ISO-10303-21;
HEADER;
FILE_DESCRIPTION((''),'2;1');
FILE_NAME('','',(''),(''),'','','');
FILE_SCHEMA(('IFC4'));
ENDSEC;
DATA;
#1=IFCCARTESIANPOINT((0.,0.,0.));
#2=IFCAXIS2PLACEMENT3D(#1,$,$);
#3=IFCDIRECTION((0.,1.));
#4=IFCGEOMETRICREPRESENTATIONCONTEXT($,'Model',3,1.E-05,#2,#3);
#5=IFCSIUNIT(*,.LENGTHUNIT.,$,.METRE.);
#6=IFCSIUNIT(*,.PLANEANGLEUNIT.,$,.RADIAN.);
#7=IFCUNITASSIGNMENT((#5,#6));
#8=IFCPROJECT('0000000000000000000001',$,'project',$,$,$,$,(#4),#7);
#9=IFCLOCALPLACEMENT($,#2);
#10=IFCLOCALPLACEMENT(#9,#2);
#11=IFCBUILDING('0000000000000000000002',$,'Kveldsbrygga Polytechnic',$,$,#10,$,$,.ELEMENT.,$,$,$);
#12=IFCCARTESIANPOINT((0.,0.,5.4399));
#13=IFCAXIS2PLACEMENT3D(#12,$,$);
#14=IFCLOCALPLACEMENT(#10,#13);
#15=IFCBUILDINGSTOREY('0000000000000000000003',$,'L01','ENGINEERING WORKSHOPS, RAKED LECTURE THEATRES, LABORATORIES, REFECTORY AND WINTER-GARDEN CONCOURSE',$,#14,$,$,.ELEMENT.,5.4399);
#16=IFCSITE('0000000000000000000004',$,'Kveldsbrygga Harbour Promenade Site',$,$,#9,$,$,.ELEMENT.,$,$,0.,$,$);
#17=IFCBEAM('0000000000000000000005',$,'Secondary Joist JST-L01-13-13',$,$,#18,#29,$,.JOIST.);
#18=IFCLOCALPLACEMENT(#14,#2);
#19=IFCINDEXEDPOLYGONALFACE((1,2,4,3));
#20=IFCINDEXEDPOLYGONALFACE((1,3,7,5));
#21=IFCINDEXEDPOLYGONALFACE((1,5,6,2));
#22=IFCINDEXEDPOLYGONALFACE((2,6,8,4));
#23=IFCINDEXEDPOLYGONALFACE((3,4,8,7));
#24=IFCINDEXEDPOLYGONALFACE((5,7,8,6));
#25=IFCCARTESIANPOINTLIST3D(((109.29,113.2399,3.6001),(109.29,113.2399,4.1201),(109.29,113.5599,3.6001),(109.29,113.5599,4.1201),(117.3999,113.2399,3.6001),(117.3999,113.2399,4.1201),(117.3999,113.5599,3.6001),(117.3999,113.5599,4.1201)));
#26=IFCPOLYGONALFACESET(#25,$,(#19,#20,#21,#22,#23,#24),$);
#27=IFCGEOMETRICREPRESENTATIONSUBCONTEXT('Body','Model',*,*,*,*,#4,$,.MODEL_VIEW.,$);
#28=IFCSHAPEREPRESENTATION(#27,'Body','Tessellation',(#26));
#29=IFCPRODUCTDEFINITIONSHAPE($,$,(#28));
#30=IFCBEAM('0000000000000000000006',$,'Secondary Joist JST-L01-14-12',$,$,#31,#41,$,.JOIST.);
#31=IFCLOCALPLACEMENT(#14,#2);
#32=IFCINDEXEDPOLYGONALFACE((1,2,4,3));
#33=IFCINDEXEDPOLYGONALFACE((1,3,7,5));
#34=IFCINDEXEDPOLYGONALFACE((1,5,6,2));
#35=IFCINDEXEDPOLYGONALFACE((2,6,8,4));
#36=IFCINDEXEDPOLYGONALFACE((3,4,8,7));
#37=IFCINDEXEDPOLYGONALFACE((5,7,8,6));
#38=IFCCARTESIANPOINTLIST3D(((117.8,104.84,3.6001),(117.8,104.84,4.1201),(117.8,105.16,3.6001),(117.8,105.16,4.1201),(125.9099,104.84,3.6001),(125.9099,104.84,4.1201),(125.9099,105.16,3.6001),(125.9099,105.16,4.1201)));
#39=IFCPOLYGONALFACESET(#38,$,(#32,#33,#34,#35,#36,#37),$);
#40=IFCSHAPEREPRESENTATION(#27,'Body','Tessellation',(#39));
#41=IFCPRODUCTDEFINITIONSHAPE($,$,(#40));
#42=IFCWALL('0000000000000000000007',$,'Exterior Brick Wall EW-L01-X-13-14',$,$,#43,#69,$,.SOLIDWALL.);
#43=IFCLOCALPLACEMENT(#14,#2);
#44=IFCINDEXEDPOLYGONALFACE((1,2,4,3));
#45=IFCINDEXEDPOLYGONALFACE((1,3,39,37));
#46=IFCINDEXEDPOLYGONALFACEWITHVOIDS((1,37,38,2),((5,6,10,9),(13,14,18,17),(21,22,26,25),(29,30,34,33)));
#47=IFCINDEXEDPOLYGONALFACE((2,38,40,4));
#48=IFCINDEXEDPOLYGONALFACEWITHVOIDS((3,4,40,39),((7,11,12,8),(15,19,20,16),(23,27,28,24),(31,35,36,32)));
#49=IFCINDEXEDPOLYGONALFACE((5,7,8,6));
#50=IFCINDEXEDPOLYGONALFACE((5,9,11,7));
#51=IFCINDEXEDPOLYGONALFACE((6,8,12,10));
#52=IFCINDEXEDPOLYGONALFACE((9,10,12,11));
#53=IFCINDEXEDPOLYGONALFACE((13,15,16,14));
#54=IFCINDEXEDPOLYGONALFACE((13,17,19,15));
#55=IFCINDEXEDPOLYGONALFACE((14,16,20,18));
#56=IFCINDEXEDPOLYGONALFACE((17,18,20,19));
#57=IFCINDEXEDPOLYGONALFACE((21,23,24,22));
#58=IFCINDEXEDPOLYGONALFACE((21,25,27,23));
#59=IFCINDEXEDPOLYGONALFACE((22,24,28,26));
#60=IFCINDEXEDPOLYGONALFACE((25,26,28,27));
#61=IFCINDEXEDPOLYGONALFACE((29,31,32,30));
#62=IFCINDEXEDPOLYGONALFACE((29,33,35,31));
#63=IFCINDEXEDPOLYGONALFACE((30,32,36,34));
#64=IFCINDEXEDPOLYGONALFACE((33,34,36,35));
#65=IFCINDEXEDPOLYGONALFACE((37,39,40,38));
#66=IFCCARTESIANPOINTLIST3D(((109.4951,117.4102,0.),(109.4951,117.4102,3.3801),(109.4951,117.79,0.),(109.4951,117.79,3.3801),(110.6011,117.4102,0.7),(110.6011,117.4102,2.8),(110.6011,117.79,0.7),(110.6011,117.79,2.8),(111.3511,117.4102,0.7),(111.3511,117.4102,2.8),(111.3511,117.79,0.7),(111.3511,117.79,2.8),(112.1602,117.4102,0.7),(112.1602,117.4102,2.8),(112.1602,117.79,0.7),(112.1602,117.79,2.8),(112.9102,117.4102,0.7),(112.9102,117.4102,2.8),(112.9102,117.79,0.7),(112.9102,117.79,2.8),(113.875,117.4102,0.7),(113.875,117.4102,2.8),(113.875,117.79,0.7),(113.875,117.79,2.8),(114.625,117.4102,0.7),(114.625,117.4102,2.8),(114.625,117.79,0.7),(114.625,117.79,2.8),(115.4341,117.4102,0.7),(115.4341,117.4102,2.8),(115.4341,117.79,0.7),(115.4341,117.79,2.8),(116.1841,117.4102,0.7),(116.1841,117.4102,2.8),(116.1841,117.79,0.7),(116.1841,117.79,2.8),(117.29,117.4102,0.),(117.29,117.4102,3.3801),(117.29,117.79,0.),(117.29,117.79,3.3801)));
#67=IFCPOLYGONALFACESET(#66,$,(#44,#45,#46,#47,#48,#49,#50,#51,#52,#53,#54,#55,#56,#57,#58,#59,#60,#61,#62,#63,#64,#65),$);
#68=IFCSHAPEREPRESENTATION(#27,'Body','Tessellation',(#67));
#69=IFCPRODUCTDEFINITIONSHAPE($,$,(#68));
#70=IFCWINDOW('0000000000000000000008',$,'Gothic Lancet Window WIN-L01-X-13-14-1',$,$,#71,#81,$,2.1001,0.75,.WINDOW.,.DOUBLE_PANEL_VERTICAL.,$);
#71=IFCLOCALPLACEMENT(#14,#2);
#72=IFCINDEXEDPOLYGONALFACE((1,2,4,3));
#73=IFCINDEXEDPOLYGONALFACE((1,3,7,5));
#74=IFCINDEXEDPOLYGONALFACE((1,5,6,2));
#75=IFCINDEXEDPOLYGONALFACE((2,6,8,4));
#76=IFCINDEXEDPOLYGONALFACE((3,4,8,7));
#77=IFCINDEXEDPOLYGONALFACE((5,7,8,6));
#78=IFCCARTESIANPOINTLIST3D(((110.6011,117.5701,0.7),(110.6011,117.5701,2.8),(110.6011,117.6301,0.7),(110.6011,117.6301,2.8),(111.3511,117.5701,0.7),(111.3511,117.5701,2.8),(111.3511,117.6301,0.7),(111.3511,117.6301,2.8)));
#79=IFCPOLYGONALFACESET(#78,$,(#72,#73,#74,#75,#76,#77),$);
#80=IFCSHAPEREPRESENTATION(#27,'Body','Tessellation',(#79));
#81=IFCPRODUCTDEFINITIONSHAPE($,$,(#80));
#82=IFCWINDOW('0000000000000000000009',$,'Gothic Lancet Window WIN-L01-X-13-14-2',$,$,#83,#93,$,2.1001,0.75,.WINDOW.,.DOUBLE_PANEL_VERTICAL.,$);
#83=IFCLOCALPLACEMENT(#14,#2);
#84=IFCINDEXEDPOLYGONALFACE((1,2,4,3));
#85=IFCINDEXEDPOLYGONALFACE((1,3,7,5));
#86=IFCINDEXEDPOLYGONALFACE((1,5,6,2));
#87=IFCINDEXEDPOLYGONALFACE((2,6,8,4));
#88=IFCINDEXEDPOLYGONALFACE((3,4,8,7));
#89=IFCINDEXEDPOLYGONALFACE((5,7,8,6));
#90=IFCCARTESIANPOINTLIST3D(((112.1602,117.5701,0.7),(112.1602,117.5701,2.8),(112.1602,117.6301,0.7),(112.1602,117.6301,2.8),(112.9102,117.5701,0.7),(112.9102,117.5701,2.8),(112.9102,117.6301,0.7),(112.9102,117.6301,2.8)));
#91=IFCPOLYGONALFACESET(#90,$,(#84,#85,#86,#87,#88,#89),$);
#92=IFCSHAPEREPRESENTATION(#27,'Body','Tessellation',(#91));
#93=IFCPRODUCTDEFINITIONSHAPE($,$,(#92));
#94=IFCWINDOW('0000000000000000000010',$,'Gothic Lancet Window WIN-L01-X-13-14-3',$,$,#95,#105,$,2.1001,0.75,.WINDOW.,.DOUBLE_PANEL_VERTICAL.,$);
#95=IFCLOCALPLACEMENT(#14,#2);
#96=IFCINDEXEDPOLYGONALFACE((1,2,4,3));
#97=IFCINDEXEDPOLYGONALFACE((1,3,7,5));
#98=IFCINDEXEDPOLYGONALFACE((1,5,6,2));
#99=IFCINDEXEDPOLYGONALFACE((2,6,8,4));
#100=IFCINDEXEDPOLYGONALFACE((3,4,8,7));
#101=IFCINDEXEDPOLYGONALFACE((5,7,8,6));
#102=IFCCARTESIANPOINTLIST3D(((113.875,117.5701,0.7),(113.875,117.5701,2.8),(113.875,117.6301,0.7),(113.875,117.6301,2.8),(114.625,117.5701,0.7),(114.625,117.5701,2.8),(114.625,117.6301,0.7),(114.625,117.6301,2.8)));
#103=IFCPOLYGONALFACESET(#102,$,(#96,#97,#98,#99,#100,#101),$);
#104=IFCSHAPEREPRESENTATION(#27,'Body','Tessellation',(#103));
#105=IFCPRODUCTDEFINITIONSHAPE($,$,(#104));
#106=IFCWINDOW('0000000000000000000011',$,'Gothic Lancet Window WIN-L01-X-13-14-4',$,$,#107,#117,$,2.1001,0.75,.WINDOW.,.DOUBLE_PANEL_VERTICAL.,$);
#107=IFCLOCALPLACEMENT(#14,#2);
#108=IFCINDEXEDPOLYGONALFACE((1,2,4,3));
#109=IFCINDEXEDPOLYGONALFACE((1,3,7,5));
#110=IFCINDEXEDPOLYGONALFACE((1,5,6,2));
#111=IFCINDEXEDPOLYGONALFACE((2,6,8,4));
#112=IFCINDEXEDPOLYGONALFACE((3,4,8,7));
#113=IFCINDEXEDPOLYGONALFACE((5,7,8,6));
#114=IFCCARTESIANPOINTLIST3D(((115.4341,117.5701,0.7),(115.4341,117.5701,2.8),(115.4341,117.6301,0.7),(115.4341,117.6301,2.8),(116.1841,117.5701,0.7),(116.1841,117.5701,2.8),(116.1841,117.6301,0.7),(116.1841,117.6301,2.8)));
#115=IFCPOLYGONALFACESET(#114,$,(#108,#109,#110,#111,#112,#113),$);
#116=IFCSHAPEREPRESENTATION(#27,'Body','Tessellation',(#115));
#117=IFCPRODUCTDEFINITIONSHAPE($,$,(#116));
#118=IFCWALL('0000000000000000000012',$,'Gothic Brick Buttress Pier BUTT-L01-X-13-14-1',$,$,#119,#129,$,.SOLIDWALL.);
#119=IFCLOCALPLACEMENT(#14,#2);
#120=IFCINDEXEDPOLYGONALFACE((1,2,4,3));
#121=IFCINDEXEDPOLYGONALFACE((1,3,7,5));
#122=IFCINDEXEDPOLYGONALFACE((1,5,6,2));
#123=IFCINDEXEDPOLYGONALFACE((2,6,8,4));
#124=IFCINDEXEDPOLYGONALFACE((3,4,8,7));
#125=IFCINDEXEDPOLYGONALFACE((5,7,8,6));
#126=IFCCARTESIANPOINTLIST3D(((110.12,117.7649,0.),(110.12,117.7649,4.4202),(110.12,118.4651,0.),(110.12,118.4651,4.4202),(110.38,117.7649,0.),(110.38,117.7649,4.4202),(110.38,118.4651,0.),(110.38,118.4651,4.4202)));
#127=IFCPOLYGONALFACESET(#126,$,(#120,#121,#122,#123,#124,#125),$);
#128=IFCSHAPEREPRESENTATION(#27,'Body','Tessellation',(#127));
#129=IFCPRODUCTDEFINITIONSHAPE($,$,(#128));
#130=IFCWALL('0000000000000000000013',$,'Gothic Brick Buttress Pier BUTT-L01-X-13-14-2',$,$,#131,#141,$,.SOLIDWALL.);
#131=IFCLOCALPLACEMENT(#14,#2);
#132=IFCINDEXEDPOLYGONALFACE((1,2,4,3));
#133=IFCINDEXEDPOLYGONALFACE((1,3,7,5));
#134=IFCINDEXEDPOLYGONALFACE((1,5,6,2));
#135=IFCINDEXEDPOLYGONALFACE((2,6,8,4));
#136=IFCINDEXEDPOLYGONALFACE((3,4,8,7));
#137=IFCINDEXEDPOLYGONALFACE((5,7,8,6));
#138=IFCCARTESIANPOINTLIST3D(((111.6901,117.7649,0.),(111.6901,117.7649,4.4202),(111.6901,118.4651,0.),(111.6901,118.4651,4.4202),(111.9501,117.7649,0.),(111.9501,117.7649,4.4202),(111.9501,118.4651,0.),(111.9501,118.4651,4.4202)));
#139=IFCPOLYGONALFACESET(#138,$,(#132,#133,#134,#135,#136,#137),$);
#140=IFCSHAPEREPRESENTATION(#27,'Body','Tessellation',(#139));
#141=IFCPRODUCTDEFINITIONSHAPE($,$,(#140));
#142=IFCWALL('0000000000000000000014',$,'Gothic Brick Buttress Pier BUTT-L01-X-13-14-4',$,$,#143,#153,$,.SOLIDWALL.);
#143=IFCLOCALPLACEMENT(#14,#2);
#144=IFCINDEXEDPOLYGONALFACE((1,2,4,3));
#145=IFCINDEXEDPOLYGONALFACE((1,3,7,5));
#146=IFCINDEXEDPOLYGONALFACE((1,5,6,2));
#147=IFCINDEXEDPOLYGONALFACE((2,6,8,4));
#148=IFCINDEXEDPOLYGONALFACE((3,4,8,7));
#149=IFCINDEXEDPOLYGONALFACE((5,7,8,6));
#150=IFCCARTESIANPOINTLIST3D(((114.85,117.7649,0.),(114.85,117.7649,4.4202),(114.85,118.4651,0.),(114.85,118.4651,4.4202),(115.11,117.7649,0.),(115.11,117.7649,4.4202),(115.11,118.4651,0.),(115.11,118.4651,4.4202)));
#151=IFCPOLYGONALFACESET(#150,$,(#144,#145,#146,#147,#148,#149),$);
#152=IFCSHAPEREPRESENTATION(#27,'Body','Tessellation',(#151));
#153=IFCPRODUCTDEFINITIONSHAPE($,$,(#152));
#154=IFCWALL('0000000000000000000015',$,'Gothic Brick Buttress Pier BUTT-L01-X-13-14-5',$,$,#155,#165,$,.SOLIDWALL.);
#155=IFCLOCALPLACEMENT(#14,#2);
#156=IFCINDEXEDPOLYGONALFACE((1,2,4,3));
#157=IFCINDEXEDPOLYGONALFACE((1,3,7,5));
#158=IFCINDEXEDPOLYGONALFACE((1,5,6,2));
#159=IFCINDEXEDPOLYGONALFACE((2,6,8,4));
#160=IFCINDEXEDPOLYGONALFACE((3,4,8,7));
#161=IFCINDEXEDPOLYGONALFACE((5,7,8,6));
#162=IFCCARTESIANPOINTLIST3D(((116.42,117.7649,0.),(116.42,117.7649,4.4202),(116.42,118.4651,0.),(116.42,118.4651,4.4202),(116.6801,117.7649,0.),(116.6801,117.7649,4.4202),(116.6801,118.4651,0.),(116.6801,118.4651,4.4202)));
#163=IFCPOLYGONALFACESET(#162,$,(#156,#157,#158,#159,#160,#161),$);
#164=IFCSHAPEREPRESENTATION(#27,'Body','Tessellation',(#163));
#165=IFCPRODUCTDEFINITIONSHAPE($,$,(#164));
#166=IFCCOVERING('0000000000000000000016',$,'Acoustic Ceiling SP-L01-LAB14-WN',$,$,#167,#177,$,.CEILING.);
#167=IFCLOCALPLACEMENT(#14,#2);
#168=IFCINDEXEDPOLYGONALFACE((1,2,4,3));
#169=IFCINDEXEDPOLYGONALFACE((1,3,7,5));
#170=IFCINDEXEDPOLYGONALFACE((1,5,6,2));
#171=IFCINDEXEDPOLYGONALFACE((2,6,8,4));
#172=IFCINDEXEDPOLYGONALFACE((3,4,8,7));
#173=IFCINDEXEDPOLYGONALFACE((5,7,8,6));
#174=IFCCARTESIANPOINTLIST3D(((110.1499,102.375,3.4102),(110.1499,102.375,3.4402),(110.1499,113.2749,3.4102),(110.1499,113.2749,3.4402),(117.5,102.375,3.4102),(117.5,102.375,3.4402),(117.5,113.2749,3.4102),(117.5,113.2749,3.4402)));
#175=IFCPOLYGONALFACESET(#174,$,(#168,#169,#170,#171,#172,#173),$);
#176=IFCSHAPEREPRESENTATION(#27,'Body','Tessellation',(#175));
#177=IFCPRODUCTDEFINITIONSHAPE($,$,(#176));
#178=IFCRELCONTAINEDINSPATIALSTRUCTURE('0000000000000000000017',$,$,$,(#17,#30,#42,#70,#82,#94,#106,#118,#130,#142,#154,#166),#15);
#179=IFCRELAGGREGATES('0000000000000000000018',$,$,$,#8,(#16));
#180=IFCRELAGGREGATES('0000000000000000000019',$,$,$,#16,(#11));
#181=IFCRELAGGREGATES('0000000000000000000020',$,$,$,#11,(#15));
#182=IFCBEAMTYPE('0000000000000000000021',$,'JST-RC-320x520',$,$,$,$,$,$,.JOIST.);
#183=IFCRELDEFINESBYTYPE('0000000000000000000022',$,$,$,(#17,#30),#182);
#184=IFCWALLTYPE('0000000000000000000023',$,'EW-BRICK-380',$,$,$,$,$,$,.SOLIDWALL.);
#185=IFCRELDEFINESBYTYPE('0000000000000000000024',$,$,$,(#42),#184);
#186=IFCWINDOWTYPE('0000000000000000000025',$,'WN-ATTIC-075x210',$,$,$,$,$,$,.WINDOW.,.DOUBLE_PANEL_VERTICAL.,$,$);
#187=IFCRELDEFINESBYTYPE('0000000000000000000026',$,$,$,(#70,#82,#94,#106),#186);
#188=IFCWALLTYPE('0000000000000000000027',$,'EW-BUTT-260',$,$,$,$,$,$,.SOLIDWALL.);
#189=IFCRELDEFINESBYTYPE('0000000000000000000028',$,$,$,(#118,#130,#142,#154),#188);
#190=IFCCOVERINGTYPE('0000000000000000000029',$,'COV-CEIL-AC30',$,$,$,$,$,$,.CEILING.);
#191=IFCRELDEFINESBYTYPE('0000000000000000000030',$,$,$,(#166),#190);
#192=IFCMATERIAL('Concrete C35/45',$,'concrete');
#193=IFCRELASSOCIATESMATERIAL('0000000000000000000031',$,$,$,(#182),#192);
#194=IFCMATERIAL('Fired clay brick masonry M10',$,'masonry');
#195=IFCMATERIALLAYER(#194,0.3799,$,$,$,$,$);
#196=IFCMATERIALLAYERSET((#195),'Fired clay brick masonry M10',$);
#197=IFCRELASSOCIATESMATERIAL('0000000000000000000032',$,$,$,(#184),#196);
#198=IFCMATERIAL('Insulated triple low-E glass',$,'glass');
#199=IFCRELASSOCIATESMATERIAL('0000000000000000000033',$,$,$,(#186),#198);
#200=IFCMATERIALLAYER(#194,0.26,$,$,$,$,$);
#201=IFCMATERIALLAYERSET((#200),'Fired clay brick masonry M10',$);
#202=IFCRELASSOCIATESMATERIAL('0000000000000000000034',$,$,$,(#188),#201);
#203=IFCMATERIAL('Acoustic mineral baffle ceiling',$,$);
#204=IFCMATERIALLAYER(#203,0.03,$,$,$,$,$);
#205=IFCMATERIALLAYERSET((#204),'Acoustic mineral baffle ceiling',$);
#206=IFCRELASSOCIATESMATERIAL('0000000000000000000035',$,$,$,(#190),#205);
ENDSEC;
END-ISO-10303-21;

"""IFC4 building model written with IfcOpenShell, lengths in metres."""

from ifc_helpers import new_model, si_unit, direction, frame, frame_2d, origin, origin_2d, place, context, subcontext, project, spatial, rectangle, extrude, material, layer, layer_set, material_profile, profile_set, type_object, element, fill, save


model = new_model("IFC4")

# Units and contexts
model_context = context("Model", 3, precision=1e-05, world=origin(), true_north=direction((0.0, 1.0)))
body_context = subcontext(model_context, "Body", "Model", "MODEL_VIEW")
ifc_project = project(units=[si_unit("LENGTHUNIT", "METRE"), si_unit("PLANEANGLEUNIT", "RADIAN")], contexts=[model_context])

# Site, building, storey
site_placement = place(None, origin())
site = spatial("IfcSite", under=ifc_project, at=site_placement, Name="Kveldsbrygga Harbour Promenade Site", CompositionType="ELEMENT", RefElevation=0.0)
building_placement = place(site_placement, origin())
building = spatial("IfcBuilding", under=site, at=building_placement, Name="Kveldsbrygga Polytechnic", CompositionType="ELEMENT")
storey_placement = place(building_placement, frame((0.0, 0.0, 5.4399)))
storey = spatial("IfcBuildingStorey", under=building, at=storey_placement, Name="L01", Description="ENGINEERING WORKSHOPS, RAKED LECTURE THEATRES, LABORATORIES, REFECTORY AND WINTER-GARDEN CONCOURSE", CompositionType="ELEMENT", Elevation=5.4399)

# Shared definitions
ifc_material_1 = material(Name="Concrete C35/45", Category="concrete")

# Beams
ifc_material_profile_1 = material_profile(ifc_material_1, rectangle(XDim=0.3201, YDim=0.52, at=origin_2d()), Name="RC 320x520")
ifc_profile_set_1 = profile_set([ifc_material_profile_1], Name="Concrete C35/45")
beam_type_1 = type_object("IfcBeamType", Name="JST-RC-320x520", PredefinedType="JOIST", material=ifc_profile_set_1)
for number, where, z_axis, x_axis, name in (
    (1, (109.29, 113.3999, 3.8601), (1.0, 0.0, 0.0), (0.0, 1.0, 0.0), "Secondary Joist JST-L01-13-13"),
    (2, (117.8, 105.0, 3.8601), (1.0, 0.0, 0.0), (0.0, 1.0, 0.0), "Secondary Joist JST-L01-14-12"),
):
    element("IfcBeam", number, at=place(storey_placement, frame(where, z_axis=z_axis, x_axis=x_axis)), inside=storey, type_object=beam_type_1, Name=name, PredefinedType="JOIST", context=body_context, shape_type="SweptSolid", body=[
        extrude(rectangle(XDim=0.3201, YDim=0.52, at=origin_2d()), origin(), (0.0, 0.0, 1.0), 8.1099),
    ])

# Wall, openings, windows
ifc_material_2 = material(Name="Fired clay brick masonry M10", Category="masonry")
ifc_layer_1 = layer(ifc_material_2, 0.3799)
ifc_layer_set_1 = layer_set([ifc_layer_1], Name="Fired clay brick masonry M10")
wall_type_1 = type_object("IfcWallType", Name="EW-BRICK-380", PredefinedType="SOLIDWALL", material=ifc_layer_set_1)
wall_placement = place(storey_placement, frame((109.4951, 117.6001, 0.0), z_axis=(0.0, 0.0, 1.0), x_axis=(1.0, 0.0, 0.0)))
wall = element("IfcWall", 3, at=wall_placement, inside=storey, type_object=wall_type_1, Name="Exterior Brick Wall EW-L01-X-13-14", PredefinedType="SOLIDWALL", context=body_context, shape_type="SweptSolid", body=[
    extrude(rectangle(XDim=7.7949, YDim=0.3799, at=frame_2d((3.8975, 0.0))), origin(), (0.0, 0.0, 1.0), 3.3801),
])
opening_1_placement = place(wall_placement, frame((1.106, 0.0, 0.7)))
opening_1 = element("IfcOpeningElement", 4, at=opening_1_placement, cuts=wall, PredefinedType="OPENING", context=body_context, shape_type="SweptSolid", body=[
    extrude(rectangle(XDim=0.75, YDim=2.1001, at=frame_2d((0.375, 1.05))), frame((0.0, 0.2, 0.0), z_axis=(0.0, -1.0, 0.0), x_axis=(1.0, 0.0, 0.0)), (0.0, 0.0, 1.0), 0.3999),
])
opening_2_placement = place(wall_placement, frame((2.665, 0.0, 0.7)))
opening_2 = element("IfcOpeningElement", 5, at=opening_2_placement, cuts=wall, PredefinedType="OPENING", context=body_context, shape_type="SweptSolid", body=[
    extrude(rectangle(XDim=0.75, YDim=2.1001, at=frame_2d((0.375, 1.05))), frame((0.0, 0.2, 0.0), z_axis=(0.0, -1.0, 0.0), x_axis=(1.0, 0.0, 0.0)), (0.0, 0.0, 1.0), 0.3999),
])
opening_3_placement = place(wall_placement, frame((4.3799, 0.0, 0.7)))
opening_3 = element("IfcOpeningElement", 6, at=opening_3_placement, cuts=wall, PredefinedType="OPENING", context=body_context, shape_type="SweptSolid", body=[
    extrude(rectangle(XDim=0.75, YDim=2.1001, at=frame_2d((0.375, 1.05))), frame((0.0, 0.2, 0.0), z_axis=(0.0, -1.0, 0.0), x_axis=(1.0, 0.0, 0.0)), (0.0, 0.0, 1.0), 0.3999),
])
opening_4_placement = place(wall_placement, frame((5.939, 0.0, 0.7)))
opening_4 = element("IfcOpeningElement", 7, at=opening_4_placement, cuts=wall, PredefinedType="OPENING", context=body_context, shape_type="SweptSolid", body=[
    extrude(rectangle(XDim=0.75, YDim=2.1001, at=frame_2d((0.375, 1.05))), frame((0.0, 0.2, 0.0), z_axis=(0.0, -1.0, 0.0), x_axis=(1.0, 0.0, 0.0)), (0.0, 0.0, 1.0), 0.3999),
])
ifc_material_3 = material(Name="Insulated triple low-E glass", Category="glass")
window_type = type_object("IfcWindowType", Name="WN-ATTIC-075x210", PartitioningType="DOUBLE_PANEL_VERTICAL", PredefinedType="WINDOW", material=ifc_material_3)
window_1_placement = place(opening_1_placement, origin())
window_1 = element("IfcWindow", 8, at=window_1_placement, inside=storey, type_object=window_type, Name="Gothic Lancet Window WIN-L01-X-13-14-1", OverallHeight=2.1001, OverallWidth=0.75, PartitioningType="DOUBLE_PANEL_VERTICAL", PredefinedType="WINDOW", context=body_context, shape_type="SweptSolid", body=[
    extrude(rectangle(XDim=0.75, YDim=2.1001, at=frame_2d((0.375, 1.05))), frame((0.0, 0.03, 0.0), z_axis=(0.0, -1.0, 0.0), x_axis=(1.0, 0.0, 0.0)), (0.0, 0.0, 1.0), 0.0601),
])
fill(opening_1, window_1)
window_2_placement = place(opening_2_placement, origin())
window_2 = element("IfcWindow", 9, at=window_2_placement, inside=storey, type_object=window_type, Name="Gothic Lancet Window WIN-L01-X-13-14-2", OverallHeight=2.1001, OverallWidth=0.75, PartitioningType="DOUBLE_PANEL_VERTICAL", PredefinedType="WINDOW", context=body_context, shape_type="SweptSolid", body=[
    extrude(rectangle(XDim=0.75, YDim=2.1001, at=frame_2d((0.375, 1.05))), frame((0.0, 0.03, 0.0), z_axis=(0.0, -1.0, 0.0), x_axis=(1.0, 0.0, 0.0)), (0.0, 0.0, 1.0), 0.0601),
])
fill(opening_2, window_2)
window_3_placement = place(opening_3_placement, origin())
window_3 = element("IfcWindow", 10, at=window_3_placement, inside=storey, type_object=window_type, Name="Gothic Lancet Window WIN-L01-X-13-14-3", OverallHeight=2.1001, OverallWidth=0.75, PartitioningType="DOUBLE_PANEL_VERTICAL", PredefinedType="WINDOW", context=body_context, shape_type="SweptSolid", body=[
    extrude(rectangle(XDim=0.75, YDim=2.1001, at=frame_2d((0.375, 1.05))), frame((0.0, 0.03, 0.0), z_axis=(0.0, -1.0, 0.0), x_axis=(1.0, 0.0, 0.0)), (0.0, 0.0, 1.0), 0.0601),
])
fill(opening_3, window_3)
window_4_placement = place(opening_4_placement, origin())
window_4 = element("IfcWindow", 11, at=window_4_placement, inside=storey, type_object=window_type, Name="Gothic Lancet Window WIN-L01-X-13-14-4", OverallHeight=2.1001, OverallWidth=0.75, PartitioningType="DOUBLE_PANEL_VERTICAL", PredefinedType="WINDOW", context=body_context, shape_type="SweptSolid", body=[
    extrude(rectangle(XDim=0.75, YDim=2.1001, at=frame_2d((0.375, 1.05))), frame((0.0, 0.03, 0.0), z_axis=(0.0, -1.0, 0.0), x_axis=(1.0, 0.0, 0.0)), (0.0, 0.0, 1.0), 0.0601),
])
fill(opening_4, window_4)

# Walls
ifc_layer_2 = layer(ifc_material_2, 0.26)
ifc_layer_set_2 = layer_set([ifc_layer_2], Name="Fired clay brick masonry M10")
wall_type_2 = type_object("IfcWallType", Name="EW-BUTT-260", PredefinedType="SOLIDWALL", material=ifc_layer_set_2)
for number, where, z_axis, x_axis, name in (
    (12, (110.25, 117.7649, 0.0), (0.0, 0.0, 1.0), (0.0, 1.0, 0.0), "Gothic Brick Buttress Pier BUTT-L01-X-13-14-1"),
    (13, (111.8201, 117.7649, 0.0), (0.0, 0.0, 1.0), (0.0, 1.0, 0.0), "Gothic Brick Buttress Pier BUTT-L01-X-13-14-2"),
    (14, (114.98, 117.7649, 0.0), (0.0, 0.0, 1.0), (0.0, 1.0, 0.0), "Gothic Brick Buttress Pier BUTT-L01-X-13-14-4"),
    (15, (116.55, 117.7649, 0.0), (0.0, 0.0, 1.0), (0.0, 1.0, 0.0), "Gothic Brick Buttress Pier BUTT-L01-X-13-14-5"),
):
    element("IfcWall", number, at=place(storey_placement, frame(where, z_axis=z_axis, x_axis=x_axis)), inside=storey, type_object=wall_type_2, Name=name, PredefinedType="SOLIDWALL", context=body_context, shape_type="SweptSolid", body=[
        extrude(rectangle(XDim=0.7002, YDim=0.26, at=frame_2d((0.3501, 0.0))), origin(), (0.0, 0.0, 1.0), 4.4202),
    ])

# Covering
ifc_material_4 = material(Name="Acoustic mineral baffle ceiling")
ifc_layer_3 = layer(ifc_material_4, 0.03)
ifc_layer_set_3 = layer_set([ifc_layer_3], Name="Acoustic mineral baffle ceiling")
covering_type_1 = type_object("IfcCoveringType", Name="COV-CEIL-AC30", PredefinedType="CEILING", material=ifc_layer_set_3)
covering_1_placement = place(storey_placement, frame((113.825, 107.825, 3.4102), z_axis=(0.0, 0.0, 1.0), x_axis=(1.0, 0.0, 0.0)))
element("IfcCovering", 16, at=covering_1_placement, inside=storey, type_object=covering_type_1, Name="Acoustic Ceiling SP-L01-LAB14-WN", PredefinedType="CEILING", context=body_context, shape_type="SweptSolid", body=[
    extrude(rectangle(XDim=7.3501, YDim=10.8999, at=origin_2d()), origin(), (0.0, 0.0, 1.0), 0.03),
])

save(model, "model.ifc")
